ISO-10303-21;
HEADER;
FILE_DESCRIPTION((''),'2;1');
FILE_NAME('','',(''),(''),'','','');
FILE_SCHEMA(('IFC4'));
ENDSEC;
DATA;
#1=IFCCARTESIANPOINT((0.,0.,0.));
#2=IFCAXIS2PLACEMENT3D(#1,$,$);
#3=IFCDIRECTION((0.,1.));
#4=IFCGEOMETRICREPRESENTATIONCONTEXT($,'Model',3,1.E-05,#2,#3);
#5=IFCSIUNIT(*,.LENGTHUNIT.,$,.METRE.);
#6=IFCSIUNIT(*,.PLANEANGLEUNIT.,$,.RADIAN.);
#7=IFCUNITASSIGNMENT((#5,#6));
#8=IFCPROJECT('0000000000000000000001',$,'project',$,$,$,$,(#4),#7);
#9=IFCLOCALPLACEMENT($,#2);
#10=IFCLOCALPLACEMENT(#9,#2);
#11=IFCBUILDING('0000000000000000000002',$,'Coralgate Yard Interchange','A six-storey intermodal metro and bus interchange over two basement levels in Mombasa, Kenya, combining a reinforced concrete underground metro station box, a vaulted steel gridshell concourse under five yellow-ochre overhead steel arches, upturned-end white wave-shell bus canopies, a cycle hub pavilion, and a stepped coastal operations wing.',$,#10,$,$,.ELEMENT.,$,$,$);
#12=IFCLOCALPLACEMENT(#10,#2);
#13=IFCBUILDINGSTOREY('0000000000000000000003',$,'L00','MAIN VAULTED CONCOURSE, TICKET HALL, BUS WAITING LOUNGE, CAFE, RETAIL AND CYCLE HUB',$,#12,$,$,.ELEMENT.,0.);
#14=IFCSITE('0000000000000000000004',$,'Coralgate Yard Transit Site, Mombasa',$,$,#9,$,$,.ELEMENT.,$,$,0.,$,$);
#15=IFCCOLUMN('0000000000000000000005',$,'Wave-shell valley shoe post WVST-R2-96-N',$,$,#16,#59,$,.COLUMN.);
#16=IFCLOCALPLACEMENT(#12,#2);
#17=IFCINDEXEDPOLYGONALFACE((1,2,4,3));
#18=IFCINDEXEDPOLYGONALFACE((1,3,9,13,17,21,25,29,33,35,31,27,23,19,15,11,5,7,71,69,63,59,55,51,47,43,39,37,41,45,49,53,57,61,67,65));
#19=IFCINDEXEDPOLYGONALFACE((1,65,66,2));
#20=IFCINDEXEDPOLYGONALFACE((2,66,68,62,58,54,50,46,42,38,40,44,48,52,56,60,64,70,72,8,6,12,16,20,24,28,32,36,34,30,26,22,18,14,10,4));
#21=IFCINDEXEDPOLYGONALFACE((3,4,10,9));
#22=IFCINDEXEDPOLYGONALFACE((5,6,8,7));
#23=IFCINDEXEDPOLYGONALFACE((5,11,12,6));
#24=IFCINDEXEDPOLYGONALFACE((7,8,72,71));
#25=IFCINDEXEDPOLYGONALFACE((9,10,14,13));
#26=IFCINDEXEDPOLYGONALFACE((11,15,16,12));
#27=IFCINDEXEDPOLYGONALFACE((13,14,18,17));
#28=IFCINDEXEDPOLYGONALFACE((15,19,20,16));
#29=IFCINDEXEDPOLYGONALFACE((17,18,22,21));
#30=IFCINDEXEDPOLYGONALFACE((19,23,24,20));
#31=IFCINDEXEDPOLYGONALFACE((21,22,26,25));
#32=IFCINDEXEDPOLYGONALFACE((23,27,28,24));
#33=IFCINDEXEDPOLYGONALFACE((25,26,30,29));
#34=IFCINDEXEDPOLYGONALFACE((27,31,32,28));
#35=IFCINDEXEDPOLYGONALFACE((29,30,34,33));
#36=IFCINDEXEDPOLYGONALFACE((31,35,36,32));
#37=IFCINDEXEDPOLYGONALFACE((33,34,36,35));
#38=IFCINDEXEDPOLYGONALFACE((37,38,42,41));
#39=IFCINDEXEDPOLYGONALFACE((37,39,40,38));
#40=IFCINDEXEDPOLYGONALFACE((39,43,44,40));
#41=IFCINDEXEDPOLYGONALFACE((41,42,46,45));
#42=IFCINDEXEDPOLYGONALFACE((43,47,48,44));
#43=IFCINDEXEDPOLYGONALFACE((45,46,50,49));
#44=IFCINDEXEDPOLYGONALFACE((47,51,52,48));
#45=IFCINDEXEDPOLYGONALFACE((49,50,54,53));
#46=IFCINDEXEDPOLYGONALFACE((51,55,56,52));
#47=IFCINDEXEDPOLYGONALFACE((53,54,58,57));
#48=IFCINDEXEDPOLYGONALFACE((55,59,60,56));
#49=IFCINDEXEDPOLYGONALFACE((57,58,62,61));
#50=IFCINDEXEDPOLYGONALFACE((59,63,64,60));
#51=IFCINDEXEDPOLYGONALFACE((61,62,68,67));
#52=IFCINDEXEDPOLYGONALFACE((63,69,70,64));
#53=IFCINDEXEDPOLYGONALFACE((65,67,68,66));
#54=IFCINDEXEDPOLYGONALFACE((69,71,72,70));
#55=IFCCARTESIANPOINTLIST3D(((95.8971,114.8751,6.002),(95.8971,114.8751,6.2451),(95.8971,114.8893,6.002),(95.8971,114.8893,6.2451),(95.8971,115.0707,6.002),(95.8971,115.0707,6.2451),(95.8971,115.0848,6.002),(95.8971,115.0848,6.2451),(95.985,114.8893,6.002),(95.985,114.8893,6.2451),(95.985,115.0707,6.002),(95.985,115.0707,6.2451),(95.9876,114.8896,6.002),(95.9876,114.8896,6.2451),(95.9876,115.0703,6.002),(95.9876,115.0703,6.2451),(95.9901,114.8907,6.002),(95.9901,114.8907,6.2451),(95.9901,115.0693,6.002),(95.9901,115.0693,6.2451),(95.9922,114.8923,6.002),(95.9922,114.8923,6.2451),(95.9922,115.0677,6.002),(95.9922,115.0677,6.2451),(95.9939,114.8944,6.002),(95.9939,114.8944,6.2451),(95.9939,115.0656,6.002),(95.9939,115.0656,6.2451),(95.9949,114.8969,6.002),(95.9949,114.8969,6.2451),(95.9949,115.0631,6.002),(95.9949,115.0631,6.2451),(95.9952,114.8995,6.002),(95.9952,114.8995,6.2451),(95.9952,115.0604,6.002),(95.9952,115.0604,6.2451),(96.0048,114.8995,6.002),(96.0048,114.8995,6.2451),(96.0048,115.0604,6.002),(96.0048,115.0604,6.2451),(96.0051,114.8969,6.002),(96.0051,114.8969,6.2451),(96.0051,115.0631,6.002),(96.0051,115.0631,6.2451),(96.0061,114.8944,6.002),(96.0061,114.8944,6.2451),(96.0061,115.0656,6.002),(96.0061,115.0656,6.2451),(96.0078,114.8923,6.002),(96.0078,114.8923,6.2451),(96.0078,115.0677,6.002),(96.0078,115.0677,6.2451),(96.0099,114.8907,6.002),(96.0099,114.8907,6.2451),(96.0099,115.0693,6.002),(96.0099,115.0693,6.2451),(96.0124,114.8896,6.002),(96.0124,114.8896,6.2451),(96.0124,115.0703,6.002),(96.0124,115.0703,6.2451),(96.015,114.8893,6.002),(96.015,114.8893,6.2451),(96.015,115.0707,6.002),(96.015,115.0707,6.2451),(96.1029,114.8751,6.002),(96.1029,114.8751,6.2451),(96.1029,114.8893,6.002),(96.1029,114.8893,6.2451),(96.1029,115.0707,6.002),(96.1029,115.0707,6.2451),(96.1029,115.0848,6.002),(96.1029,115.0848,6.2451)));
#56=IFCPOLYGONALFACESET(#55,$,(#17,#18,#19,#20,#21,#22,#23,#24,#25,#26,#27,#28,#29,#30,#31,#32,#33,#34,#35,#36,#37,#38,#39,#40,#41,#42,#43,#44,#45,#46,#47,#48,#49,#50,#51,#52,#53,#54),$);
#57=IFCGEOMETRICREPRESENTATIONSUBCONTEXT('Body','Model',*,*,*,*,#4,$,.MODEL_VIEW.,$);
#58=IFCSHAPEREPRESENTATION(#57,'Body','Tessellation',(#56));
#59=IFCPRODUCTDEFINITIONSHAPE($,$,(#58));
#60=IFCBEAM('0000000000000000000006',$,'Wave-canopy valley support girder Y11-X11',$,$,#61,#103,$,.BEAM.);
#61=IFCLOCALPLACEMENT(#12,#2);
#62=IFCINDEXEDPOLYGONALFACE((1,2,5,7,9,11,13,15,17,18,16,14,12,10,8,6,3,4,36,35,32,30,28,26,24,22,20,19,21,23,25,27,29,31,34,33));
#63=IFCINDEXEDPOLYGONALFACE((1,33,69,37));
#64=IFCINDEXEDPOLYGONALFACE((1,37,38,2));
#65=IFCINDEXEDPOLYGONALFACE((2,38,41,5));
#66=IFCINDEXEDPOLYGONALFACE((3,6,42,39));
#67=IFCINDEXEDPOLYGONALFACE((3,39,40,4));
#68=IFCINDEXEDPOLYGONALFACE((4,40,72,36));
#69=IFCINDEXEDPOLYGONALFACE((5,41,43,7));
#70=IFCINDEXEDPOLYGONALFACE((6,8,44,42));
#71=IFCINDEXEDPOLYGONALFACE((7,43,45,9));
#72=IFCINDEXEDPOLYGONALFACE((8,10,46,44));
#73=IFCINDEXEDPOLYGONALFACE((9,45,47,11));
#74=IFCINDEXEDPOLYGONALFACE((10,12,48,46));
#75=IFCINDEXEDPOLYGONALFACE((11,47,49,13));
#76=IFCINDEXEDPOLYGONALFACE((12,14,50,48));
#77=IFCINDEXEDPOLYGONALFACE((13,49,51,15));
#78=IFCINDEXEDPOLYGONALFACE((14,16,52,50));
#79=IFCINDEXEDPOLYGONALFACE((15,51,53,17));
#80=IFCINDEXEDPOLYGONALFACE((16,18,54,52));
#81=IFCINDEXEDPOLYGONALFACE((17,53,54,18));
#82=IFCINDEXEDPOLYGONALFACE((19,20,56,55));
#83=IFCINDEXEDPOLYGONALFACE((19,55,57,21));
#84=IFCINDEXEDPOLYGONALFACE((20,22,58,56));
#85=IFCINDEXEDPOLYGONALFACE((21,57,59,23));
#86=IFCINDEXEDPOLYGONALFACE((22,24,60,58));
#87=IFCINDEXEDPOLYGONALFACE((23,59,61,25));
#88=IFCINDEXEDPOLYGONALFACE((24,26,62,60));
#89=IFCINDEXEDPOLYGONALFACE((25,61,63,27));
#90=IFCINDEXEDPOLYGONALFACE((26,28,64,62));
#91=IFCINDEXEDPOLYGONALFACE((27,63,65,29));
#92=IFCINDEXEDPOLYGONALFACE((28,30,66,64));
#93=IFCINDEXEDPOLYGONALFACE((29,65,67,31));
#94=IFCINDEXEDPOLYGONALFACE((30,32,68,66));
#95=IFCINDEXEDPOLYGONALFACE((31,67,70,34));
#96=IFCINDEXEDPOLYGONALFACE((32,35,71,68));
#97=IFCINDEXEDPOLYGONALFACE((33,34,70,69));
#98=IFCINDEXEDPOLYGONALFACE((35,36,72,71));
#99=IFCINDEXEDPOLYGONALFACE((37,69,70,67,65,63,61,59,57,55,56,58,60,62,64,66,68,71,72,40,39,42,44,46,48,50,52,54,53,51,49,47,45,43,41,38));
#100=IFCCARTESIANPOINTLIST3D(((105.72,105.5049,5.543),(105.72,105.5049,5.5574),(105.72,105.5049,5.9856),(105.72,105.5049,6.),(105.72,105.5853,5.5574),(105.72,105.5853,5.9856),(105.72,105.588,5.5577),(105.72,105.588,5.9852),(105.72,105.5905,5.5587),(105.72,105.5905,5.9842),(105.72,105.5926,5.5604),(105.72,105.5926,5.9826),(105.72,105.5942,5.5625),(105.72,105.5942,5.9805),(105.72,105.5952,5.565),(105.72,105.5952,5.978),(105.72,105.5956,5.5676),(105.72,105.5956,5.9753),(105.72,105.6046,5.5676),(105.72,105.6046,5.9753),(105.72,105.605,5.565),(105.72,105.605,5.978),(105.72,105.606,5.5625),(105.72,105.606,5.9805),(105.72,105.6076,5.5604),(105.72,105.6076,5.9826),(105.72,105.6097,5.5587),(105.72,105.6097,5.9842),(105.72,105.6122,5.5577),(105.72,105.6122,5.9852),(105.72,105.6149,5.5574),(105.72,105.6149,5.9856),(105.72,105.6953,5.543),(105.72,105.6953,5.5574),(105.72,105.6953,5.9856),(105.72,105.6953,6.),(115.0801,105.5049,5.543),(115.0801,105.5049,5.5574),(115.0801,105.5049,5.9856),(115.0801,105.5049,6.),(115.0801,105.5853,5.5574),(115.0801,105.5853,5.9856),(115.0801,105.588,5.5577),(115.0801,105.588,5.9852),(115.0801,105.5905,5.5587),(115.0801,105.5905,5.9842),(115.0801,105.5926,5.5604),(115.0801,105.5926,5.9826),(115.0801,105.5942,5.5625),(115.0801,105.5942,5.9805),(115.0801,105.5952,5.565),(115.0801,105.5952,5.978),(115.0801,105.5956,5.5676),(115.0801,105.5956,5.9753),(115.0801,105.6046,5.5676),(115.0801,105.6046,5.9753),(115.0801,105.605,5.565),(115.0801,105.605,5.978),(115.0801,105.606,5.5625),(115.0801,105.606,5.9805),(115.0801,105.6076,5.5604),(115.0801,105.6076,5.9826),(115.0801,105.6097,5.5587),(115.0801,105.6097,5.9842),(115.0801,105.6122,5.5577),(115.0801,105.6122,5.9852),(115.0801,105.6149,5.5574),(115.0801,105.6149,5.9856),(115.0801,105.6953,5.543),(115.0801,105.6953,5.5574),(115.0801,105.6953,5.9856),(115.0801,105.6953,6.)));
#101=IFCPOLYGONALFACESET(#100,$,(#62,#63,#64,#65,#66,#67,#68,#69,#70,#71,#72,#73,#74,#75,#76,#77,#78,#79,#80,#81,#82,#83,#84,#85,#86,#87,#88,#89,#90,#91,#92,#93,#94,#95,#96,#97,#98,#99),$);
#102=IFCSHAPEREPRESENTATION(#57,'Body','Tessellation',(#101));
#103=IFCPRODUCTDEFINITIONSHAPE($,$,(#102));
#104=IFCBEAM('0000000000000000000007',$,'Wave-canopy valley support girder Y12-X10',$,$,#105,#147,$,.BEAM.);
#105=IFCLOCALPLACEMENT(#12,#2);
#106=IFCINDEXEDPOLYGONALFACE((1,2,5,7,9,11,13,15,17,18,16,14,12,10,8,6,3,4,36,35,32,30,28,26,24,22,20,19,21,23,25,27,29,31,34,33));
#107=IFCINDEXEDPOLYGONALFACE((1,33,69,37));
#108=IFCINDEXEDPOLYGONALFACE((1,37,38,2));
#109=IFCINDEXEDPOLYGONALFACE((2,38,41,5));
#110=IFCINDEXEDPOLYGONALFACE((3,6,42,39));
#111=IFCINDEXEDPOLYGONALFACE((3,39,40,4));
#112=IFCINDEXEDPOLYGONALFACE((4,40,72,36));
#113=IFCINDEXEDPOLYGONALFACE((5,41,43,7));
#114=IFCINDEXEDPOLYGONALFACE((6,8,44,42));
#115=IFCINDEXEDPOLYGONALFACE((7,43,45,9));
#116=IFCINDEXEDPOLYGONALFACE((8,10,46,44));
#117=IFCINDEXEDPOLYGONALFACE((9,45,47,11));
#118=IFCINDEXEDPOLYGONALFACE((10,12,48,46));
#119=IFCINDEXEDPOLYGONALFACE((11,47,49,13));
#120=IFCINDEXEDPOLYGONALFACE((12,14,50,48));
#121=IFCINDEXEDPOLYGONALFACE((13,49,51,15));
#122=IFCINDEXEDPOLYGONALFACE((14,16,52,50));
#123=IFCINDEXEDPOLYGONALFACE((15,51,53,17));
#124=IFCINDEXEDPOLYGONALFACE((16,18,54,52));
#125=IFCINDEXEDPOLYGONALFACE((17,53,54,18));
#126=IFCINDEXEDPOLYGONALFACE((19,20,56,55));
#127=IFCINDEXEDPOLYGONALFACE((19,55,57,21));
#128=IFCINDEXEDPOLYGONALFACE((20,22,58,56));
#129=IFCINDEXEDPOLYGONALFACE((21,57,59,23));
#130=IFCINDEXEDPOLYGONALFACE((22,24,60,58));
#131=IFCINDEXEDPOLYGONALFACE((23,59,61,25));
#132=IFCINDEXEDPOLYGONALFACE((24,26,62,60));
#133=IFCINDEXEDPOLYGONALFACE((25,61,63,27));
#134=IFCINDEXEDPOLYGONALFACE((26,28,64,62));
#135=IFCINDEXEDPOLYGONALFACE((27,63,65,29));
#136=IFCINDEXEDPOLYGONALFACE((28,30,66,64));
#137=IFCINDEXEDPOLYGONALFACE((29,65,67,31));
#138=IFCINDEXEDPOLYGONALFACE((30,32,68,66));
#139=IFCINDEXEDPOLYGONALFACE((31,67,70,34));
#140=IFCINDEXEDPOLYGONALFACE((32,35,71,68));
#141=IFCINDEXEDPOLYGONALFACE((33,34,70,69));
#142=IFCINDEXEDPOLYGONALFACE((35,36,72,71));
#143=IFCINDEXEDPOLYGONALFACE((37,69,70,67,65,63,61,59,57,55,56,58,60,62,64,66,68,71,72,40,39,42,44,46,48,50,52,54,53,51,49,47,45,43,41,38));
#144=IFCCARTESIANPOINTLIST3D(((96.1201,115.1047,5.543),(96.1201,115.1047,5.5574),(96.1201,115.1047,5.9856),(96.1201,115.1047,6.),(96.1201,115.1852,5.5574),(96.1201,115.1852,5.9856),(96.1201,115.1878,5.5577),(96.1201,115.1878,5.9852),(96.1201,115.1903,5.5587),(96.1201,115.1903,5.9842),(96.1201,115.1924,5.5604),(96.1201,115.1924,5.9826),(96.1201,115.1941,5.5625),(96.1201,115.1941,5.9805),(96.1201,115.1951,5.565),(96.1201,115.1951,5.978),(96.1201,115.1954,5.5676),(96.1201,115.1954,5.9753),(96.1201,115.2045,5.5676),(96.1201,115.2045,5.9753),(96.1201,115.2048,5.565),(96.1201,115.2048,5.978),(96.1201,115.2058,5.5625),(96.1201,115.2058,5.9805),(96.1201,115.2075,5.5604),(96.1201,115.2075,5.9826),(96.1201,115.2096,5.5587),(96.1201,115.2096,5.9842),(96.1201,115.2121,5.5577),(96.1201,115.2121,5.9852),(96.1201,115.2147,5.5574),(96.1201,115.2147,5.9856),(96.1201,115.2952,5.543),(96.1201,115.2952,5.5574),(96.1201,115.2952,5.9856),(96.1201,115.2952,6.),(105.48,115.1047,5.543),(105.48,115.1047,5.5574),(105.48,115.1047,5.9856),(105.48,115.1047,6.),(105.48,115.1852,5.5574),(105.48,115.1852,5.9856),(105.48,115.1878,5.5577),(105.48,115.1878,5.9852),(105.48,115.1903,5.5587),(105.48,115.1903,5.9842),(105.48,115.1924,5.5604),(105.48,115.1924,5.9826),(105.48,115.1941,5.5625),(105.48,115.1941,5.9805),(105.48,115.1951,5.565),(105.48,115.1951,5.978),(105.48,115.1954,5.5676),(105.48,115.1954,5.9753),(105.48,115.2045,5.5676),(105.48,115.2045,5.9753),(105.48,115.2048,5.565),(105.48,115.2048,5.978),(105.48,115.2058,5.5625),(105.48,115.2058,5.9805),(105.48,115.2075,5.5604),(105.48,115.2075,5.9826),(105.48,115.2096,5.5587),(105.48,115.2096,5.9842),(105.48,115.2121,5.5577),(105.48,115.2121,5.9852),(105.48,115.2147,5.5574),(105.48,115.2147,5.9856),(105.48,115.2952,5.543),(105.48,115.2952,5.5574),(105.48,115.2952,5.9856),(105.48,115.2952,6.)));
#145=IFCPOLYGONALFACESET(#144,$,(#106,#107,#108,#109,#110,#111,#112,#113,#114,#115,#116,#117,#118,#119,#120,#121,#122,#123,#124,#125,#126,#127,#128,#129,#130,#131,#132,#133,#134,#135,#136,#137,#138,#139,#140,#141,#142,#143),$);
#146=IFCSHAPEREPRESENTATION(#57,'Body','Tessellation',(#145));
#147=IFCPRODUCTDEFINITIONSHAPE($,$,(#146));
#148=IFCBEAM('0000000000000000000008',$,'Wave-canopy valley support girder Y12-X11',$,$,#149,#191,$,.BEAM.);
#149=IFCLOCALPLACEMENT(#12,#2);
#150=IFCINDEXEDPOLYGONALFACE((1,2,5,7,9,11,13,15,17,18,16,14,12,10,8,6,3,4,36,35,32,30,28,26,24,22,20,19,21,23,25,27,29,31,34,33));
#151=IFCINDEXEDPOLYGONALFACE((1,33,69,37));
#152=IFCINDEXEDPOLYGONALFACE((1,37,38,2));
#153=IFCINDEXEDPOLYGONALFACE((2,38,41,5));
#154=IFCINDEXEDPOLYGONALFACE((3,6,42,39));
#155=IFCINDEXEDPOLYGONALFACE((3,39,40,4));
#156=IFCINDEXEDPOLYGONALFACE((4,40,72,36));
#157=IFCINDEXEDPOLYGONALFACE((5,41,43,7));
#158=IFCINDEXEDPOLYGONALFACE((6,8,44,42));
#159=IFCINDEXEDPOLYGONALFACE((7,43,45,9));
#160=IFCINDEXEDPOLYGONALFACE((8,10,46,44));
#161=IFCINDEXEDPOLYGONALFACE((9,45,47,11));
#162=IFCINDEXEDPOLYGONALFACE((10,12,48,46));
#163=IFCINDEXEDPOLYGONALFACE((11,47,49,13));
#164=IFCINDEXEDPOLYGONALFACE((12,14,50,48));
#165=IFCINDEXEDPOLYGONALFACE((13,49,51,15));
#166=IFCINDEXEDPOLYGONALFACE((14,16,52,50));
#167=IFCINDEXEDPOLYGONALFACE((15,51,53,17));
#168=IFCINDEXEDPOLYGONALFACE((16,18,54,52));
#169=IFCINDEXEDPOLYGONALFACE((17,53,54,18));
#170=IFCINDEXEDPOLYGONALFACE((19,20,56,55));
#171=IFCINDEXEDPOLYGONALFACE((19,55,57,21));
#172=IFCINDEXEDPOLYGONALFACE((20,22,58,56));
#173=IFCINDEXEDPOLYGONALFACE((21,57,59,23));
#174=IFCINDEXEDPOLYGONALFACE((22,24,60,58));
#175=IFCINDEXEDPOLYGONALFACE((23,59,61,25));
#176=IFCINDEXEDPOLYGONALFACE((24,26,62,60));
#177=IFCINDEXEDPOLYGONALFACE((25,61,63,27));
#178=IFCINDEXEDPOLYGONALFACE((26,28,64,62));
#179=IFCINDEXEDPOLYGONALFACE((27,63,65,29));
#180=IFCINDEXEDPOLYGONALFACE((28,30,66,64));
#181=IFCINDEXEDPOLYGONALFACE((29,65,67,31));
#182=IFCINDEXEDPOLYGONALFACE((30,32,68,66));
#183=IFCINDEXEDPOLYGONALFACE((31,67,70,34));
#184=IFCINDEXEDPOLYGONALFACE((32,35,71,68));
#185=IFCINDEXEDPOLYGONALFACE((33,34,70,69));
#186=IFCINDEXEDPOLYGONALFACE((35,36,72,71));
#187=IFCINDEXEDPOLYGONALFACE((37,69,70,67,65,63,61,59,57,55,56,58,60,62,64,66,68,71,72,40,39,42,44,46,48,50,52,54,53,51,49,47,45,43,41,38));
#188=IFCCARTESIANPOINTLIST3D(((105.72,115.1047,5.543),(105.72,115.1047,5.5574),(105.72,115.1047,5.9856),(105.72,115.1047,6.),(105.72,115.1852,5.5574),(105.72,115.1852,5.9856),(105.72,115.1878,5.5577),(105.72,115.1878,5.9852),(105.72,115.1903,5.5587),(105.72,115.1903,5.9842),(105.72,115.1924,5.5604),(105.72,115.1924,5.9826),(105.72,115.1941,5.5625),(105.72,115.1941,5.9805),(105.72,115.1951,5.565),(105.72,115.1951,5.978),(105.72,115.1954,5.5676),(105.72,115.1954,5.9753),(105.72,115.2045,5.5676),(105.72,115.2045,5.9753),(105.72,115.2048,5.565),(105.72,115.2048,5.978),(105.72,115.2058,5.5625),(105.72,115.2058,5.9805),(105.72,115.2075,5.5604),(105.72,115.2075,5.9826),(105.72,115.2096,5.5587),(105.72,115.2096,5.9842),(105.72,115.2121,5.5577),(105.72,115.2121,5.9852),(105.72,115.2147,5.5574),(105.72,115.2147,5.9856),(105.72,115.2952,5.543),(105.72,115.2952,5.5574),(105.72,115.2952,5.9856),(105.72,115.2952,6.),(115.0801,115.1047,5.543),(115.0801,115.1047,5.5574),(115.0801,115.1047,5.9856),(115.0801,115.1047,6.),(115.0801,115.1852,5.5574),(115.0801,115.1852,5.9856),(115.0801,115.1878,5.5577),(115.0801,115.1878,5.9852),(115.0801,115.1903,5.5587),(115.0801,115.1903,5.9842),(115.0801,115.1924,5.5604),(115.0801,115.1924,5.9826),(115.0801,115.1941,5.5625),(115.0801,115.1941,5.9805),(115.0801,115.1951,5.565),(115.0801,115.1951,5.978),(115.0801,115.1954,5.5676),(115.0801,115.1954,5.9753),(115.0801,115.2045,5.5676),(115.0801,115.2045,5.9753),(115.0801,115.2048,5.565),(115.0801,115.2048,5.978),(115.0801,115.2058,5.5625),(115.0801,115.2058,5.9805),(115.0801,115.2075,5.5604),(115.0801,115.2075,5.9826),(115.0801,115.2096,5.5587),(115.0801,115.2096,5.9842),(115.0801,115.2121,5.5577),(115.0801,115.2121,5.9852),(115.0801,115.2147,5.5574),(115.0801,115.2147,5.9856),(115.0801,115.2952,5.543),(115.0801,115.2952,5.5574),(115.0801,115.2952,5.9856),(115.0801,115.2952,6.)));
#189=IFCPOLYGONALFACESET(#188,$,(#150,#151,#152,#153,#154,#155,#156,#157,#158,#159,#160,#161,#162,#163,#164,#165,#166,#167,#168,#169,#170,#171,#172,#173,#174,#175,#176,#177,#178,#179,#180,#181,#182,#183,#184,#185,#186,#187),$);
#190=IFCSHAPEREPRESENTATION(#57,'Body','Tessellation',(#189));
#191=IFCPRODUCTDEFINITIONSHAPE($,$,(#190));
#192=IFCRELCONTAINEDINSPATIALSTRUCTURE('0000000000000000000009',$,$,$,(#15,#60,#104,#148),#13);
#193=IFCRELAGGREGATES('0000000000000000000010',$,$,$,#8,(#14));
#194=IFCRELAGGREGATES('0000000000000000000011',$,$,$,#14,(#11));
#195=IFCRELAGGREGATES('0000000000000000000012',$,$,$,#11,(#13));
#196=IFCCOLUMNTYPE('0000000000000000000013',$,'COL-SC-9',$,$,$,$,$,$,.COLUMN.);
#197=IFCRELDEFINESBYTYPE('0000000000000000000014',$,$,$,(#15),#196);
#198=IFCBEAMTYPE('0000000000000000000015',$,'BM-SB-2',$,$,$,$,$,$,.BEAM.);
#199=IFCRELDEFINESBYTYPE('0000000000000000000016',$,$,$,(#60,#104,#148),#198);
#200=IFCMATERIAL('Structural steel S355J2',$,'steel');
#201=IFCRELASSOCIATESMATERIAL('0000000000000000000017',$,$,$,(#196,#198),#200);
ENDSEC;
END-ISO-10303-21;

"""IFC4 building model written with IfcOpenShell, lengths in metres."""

from ifc_helpers import new_model, si_unit, direction, frame, origin, origin_2d, place, context, subcontext, project, spatial, i_section, extrude, material, material_profile, profile_set, type_object, element, save


model = new_model("IFC4")

# Units and contexts
model_context = context("Model", 3, precision=1e-05, world=origin(), true_north=direction((0.0, 1.0)))
body_context = subcontext(model_context, "Body", "Model", "MODEL_VIEW")
ifc_project = project(units=[si_unit("LENGTHUNIT", "METRE"), si_unit("PLANEANGLEUNIT", "RADIAN")], contexts=[model_context])

# Site, building, storey
site_placement = place(None, origin())
site = spatial("IfcSite", under=ifc_project, at=site_placement, Name="Coralgate Yard Transit Site, Mombasa", CompositionType="ELEMENT", RefElevation=0.0)
building_placement = place(site_placement, origin())
building = spatial("IfcBuilding", under=site, at=building_placement, Name="Coralgate Yard Interchange", Description="A six-storey intermodal metro and bus interchange over two basement levels in Mombasa, Kenya, combining a reinforced concrete underground metro station box, a vaulted steel gridshell concourse under five yellow-ochre overhead steel arches, upturned-end white wave-shell bus canopies, a cycle hub pavilion, and a stepped coastal operations wing.", CompositionType="ELEMENT")
storey_placement = place(building_placement, origin())
storey = spatial("IfcBuildingStorey", under=building, at=storey_placement, Name="L00", Description="MAIN VAULTED CONCOURSE, TICKET HALL, BUS WAITING LOUNGE, CAFE, RETAIL AND CYCLE HUB", CompositionType="ELEMENT", Elevation=0.0)

# Column
ifc_material_1 = material(Name="Structural steel S355J2", Category="steel")
ifc_material_profile_1 = material_profile(ifc_material_1, i_section(OverallWidth=0.2058, OverallDepth=0.2097, WebThickness=0.0095, FlangeThickness=0.0142, FilletRadius=0.0103, at=origin_2d()), Name="UC 203x203x60")
ifc_profile_set_1 = profile_set([ifc_material_profile_1], Name="Structural steel S355J2")
column_type_1 = type_object("IfcColumnType", Name="COL-SC-9", PredefinedType="COLUMN", material=ifc_profile_set_1)
column_1_placement = place(storey_placement, frame((96.0, 114.98, 6.002), z_axis=(0.0, 0.0, 1.0), x_axis=(1.0, 0.0, 0.0)))
element("IfcColumn", 1, at=column_1_placement, inside=storey, type_object=column_type_1, Name="Wave-shell valley shoe post WVST-R2-96-N", PredefinedType="COLUMN", context=body_context, shape_type="SweptSolid", body=[
    extrude(i_section(OverallWidth=0.2058, OverallDepth=0.2097, WebThickness=0.0095, FlangeThickness=0.0142, FilletRadius=0.0103, at=origin_2d()), origin(), (0.0, 0.0, 1.0), 0.2432),
])

# Beams
ifc_material_profile_2 = material_profile(ifc_material_1, i_section(OverallWidth=0.1904, OverallDepth=0.457, WebThickness=0.009, FlangeThickness=0.0144, FilletRadius=0.0103, at=origin_2d()), Name="UB 457x191x74")
ifc_profile_set_2 = profile_set([ifc_material_profile_2], Name="Structural steel S355J2")
beam_type_1 = type_object("IfcBeamType", Name="BM-SB-2", PredefinedType="BEAM", material=ifc_profile_set_2)
beam_1_placement = place(storey_placement, frame((105.72, 105.6001, 5.7715), z_axis=(1.0, 0.0, 0.0), x_axis=(0.0, 1.0, 0.0)))
element("IfcBeam", 2, at=beam_1_placement, inside=storey, type_object=beam_type_1, Name="Wave-canopy valley support girder Y11-X11", PredefinedType="BEAM", context=body_context, shape_type="SweptSolid", body=[
    extrude(i_section(OverallWidth=0.1904, OverallDepth=0.457, WebThickness=0.009, FlangeThickness=0.0144, FilletRadius=0.0103, at=origin_2d()), origin(), (0.0, 0.0, 1.0), 9.3601),
])
beam_2_placement = place(storey_placement, frame((96.1201, 115.2, 5.7715), z_axis=(1.0, 0.0, 0.0), x_axis=(0.0, 1.0, 0.0)))
element("IfcBeam", 3, at=beam_2_placement, inside=storey, type_object=beam_type_1, Name="Wave-canopy valley support girder Y12-X10", PredefinedType="BEAM", context=body_context, shape_type="SweptSolid", body=[
    extrude(i_section(OverallWidth=0.1904, OverallDepth=0.457, WebThickness=0.009, FlangeThickness=0.0144, FilletRadius=0.0103, at=origin_2d()), origin(), (0.0, 0.0, 1.0), 9.3599),
])
beam_3_placement = place(storey_placement, frame((105.72, 115.2, 5.7715), z_axis=(1.0, 0.0, 0.0), x_axis=(0.0, 1.0, 0.0)))
element("IfcBeam", 4, at=beam_3_placement, inside=storey, type_object=beam_type_1, Name="Wave-canopy valley support girder Y12-X11", PredefinedType="BEAM", context=body_context, shape_type="SweptSolid", body=[
    extrude(i_section(OverallWidth=0.1904, OverallDepth=0.457, WebThickness=0.009, FlangeThickness=0.0144, FilletRadius=0.0103, at=origin_2d()), origin(), (0.0, 0.0, 1.0), 9.3601),
])

save(model, "model.ifc")
